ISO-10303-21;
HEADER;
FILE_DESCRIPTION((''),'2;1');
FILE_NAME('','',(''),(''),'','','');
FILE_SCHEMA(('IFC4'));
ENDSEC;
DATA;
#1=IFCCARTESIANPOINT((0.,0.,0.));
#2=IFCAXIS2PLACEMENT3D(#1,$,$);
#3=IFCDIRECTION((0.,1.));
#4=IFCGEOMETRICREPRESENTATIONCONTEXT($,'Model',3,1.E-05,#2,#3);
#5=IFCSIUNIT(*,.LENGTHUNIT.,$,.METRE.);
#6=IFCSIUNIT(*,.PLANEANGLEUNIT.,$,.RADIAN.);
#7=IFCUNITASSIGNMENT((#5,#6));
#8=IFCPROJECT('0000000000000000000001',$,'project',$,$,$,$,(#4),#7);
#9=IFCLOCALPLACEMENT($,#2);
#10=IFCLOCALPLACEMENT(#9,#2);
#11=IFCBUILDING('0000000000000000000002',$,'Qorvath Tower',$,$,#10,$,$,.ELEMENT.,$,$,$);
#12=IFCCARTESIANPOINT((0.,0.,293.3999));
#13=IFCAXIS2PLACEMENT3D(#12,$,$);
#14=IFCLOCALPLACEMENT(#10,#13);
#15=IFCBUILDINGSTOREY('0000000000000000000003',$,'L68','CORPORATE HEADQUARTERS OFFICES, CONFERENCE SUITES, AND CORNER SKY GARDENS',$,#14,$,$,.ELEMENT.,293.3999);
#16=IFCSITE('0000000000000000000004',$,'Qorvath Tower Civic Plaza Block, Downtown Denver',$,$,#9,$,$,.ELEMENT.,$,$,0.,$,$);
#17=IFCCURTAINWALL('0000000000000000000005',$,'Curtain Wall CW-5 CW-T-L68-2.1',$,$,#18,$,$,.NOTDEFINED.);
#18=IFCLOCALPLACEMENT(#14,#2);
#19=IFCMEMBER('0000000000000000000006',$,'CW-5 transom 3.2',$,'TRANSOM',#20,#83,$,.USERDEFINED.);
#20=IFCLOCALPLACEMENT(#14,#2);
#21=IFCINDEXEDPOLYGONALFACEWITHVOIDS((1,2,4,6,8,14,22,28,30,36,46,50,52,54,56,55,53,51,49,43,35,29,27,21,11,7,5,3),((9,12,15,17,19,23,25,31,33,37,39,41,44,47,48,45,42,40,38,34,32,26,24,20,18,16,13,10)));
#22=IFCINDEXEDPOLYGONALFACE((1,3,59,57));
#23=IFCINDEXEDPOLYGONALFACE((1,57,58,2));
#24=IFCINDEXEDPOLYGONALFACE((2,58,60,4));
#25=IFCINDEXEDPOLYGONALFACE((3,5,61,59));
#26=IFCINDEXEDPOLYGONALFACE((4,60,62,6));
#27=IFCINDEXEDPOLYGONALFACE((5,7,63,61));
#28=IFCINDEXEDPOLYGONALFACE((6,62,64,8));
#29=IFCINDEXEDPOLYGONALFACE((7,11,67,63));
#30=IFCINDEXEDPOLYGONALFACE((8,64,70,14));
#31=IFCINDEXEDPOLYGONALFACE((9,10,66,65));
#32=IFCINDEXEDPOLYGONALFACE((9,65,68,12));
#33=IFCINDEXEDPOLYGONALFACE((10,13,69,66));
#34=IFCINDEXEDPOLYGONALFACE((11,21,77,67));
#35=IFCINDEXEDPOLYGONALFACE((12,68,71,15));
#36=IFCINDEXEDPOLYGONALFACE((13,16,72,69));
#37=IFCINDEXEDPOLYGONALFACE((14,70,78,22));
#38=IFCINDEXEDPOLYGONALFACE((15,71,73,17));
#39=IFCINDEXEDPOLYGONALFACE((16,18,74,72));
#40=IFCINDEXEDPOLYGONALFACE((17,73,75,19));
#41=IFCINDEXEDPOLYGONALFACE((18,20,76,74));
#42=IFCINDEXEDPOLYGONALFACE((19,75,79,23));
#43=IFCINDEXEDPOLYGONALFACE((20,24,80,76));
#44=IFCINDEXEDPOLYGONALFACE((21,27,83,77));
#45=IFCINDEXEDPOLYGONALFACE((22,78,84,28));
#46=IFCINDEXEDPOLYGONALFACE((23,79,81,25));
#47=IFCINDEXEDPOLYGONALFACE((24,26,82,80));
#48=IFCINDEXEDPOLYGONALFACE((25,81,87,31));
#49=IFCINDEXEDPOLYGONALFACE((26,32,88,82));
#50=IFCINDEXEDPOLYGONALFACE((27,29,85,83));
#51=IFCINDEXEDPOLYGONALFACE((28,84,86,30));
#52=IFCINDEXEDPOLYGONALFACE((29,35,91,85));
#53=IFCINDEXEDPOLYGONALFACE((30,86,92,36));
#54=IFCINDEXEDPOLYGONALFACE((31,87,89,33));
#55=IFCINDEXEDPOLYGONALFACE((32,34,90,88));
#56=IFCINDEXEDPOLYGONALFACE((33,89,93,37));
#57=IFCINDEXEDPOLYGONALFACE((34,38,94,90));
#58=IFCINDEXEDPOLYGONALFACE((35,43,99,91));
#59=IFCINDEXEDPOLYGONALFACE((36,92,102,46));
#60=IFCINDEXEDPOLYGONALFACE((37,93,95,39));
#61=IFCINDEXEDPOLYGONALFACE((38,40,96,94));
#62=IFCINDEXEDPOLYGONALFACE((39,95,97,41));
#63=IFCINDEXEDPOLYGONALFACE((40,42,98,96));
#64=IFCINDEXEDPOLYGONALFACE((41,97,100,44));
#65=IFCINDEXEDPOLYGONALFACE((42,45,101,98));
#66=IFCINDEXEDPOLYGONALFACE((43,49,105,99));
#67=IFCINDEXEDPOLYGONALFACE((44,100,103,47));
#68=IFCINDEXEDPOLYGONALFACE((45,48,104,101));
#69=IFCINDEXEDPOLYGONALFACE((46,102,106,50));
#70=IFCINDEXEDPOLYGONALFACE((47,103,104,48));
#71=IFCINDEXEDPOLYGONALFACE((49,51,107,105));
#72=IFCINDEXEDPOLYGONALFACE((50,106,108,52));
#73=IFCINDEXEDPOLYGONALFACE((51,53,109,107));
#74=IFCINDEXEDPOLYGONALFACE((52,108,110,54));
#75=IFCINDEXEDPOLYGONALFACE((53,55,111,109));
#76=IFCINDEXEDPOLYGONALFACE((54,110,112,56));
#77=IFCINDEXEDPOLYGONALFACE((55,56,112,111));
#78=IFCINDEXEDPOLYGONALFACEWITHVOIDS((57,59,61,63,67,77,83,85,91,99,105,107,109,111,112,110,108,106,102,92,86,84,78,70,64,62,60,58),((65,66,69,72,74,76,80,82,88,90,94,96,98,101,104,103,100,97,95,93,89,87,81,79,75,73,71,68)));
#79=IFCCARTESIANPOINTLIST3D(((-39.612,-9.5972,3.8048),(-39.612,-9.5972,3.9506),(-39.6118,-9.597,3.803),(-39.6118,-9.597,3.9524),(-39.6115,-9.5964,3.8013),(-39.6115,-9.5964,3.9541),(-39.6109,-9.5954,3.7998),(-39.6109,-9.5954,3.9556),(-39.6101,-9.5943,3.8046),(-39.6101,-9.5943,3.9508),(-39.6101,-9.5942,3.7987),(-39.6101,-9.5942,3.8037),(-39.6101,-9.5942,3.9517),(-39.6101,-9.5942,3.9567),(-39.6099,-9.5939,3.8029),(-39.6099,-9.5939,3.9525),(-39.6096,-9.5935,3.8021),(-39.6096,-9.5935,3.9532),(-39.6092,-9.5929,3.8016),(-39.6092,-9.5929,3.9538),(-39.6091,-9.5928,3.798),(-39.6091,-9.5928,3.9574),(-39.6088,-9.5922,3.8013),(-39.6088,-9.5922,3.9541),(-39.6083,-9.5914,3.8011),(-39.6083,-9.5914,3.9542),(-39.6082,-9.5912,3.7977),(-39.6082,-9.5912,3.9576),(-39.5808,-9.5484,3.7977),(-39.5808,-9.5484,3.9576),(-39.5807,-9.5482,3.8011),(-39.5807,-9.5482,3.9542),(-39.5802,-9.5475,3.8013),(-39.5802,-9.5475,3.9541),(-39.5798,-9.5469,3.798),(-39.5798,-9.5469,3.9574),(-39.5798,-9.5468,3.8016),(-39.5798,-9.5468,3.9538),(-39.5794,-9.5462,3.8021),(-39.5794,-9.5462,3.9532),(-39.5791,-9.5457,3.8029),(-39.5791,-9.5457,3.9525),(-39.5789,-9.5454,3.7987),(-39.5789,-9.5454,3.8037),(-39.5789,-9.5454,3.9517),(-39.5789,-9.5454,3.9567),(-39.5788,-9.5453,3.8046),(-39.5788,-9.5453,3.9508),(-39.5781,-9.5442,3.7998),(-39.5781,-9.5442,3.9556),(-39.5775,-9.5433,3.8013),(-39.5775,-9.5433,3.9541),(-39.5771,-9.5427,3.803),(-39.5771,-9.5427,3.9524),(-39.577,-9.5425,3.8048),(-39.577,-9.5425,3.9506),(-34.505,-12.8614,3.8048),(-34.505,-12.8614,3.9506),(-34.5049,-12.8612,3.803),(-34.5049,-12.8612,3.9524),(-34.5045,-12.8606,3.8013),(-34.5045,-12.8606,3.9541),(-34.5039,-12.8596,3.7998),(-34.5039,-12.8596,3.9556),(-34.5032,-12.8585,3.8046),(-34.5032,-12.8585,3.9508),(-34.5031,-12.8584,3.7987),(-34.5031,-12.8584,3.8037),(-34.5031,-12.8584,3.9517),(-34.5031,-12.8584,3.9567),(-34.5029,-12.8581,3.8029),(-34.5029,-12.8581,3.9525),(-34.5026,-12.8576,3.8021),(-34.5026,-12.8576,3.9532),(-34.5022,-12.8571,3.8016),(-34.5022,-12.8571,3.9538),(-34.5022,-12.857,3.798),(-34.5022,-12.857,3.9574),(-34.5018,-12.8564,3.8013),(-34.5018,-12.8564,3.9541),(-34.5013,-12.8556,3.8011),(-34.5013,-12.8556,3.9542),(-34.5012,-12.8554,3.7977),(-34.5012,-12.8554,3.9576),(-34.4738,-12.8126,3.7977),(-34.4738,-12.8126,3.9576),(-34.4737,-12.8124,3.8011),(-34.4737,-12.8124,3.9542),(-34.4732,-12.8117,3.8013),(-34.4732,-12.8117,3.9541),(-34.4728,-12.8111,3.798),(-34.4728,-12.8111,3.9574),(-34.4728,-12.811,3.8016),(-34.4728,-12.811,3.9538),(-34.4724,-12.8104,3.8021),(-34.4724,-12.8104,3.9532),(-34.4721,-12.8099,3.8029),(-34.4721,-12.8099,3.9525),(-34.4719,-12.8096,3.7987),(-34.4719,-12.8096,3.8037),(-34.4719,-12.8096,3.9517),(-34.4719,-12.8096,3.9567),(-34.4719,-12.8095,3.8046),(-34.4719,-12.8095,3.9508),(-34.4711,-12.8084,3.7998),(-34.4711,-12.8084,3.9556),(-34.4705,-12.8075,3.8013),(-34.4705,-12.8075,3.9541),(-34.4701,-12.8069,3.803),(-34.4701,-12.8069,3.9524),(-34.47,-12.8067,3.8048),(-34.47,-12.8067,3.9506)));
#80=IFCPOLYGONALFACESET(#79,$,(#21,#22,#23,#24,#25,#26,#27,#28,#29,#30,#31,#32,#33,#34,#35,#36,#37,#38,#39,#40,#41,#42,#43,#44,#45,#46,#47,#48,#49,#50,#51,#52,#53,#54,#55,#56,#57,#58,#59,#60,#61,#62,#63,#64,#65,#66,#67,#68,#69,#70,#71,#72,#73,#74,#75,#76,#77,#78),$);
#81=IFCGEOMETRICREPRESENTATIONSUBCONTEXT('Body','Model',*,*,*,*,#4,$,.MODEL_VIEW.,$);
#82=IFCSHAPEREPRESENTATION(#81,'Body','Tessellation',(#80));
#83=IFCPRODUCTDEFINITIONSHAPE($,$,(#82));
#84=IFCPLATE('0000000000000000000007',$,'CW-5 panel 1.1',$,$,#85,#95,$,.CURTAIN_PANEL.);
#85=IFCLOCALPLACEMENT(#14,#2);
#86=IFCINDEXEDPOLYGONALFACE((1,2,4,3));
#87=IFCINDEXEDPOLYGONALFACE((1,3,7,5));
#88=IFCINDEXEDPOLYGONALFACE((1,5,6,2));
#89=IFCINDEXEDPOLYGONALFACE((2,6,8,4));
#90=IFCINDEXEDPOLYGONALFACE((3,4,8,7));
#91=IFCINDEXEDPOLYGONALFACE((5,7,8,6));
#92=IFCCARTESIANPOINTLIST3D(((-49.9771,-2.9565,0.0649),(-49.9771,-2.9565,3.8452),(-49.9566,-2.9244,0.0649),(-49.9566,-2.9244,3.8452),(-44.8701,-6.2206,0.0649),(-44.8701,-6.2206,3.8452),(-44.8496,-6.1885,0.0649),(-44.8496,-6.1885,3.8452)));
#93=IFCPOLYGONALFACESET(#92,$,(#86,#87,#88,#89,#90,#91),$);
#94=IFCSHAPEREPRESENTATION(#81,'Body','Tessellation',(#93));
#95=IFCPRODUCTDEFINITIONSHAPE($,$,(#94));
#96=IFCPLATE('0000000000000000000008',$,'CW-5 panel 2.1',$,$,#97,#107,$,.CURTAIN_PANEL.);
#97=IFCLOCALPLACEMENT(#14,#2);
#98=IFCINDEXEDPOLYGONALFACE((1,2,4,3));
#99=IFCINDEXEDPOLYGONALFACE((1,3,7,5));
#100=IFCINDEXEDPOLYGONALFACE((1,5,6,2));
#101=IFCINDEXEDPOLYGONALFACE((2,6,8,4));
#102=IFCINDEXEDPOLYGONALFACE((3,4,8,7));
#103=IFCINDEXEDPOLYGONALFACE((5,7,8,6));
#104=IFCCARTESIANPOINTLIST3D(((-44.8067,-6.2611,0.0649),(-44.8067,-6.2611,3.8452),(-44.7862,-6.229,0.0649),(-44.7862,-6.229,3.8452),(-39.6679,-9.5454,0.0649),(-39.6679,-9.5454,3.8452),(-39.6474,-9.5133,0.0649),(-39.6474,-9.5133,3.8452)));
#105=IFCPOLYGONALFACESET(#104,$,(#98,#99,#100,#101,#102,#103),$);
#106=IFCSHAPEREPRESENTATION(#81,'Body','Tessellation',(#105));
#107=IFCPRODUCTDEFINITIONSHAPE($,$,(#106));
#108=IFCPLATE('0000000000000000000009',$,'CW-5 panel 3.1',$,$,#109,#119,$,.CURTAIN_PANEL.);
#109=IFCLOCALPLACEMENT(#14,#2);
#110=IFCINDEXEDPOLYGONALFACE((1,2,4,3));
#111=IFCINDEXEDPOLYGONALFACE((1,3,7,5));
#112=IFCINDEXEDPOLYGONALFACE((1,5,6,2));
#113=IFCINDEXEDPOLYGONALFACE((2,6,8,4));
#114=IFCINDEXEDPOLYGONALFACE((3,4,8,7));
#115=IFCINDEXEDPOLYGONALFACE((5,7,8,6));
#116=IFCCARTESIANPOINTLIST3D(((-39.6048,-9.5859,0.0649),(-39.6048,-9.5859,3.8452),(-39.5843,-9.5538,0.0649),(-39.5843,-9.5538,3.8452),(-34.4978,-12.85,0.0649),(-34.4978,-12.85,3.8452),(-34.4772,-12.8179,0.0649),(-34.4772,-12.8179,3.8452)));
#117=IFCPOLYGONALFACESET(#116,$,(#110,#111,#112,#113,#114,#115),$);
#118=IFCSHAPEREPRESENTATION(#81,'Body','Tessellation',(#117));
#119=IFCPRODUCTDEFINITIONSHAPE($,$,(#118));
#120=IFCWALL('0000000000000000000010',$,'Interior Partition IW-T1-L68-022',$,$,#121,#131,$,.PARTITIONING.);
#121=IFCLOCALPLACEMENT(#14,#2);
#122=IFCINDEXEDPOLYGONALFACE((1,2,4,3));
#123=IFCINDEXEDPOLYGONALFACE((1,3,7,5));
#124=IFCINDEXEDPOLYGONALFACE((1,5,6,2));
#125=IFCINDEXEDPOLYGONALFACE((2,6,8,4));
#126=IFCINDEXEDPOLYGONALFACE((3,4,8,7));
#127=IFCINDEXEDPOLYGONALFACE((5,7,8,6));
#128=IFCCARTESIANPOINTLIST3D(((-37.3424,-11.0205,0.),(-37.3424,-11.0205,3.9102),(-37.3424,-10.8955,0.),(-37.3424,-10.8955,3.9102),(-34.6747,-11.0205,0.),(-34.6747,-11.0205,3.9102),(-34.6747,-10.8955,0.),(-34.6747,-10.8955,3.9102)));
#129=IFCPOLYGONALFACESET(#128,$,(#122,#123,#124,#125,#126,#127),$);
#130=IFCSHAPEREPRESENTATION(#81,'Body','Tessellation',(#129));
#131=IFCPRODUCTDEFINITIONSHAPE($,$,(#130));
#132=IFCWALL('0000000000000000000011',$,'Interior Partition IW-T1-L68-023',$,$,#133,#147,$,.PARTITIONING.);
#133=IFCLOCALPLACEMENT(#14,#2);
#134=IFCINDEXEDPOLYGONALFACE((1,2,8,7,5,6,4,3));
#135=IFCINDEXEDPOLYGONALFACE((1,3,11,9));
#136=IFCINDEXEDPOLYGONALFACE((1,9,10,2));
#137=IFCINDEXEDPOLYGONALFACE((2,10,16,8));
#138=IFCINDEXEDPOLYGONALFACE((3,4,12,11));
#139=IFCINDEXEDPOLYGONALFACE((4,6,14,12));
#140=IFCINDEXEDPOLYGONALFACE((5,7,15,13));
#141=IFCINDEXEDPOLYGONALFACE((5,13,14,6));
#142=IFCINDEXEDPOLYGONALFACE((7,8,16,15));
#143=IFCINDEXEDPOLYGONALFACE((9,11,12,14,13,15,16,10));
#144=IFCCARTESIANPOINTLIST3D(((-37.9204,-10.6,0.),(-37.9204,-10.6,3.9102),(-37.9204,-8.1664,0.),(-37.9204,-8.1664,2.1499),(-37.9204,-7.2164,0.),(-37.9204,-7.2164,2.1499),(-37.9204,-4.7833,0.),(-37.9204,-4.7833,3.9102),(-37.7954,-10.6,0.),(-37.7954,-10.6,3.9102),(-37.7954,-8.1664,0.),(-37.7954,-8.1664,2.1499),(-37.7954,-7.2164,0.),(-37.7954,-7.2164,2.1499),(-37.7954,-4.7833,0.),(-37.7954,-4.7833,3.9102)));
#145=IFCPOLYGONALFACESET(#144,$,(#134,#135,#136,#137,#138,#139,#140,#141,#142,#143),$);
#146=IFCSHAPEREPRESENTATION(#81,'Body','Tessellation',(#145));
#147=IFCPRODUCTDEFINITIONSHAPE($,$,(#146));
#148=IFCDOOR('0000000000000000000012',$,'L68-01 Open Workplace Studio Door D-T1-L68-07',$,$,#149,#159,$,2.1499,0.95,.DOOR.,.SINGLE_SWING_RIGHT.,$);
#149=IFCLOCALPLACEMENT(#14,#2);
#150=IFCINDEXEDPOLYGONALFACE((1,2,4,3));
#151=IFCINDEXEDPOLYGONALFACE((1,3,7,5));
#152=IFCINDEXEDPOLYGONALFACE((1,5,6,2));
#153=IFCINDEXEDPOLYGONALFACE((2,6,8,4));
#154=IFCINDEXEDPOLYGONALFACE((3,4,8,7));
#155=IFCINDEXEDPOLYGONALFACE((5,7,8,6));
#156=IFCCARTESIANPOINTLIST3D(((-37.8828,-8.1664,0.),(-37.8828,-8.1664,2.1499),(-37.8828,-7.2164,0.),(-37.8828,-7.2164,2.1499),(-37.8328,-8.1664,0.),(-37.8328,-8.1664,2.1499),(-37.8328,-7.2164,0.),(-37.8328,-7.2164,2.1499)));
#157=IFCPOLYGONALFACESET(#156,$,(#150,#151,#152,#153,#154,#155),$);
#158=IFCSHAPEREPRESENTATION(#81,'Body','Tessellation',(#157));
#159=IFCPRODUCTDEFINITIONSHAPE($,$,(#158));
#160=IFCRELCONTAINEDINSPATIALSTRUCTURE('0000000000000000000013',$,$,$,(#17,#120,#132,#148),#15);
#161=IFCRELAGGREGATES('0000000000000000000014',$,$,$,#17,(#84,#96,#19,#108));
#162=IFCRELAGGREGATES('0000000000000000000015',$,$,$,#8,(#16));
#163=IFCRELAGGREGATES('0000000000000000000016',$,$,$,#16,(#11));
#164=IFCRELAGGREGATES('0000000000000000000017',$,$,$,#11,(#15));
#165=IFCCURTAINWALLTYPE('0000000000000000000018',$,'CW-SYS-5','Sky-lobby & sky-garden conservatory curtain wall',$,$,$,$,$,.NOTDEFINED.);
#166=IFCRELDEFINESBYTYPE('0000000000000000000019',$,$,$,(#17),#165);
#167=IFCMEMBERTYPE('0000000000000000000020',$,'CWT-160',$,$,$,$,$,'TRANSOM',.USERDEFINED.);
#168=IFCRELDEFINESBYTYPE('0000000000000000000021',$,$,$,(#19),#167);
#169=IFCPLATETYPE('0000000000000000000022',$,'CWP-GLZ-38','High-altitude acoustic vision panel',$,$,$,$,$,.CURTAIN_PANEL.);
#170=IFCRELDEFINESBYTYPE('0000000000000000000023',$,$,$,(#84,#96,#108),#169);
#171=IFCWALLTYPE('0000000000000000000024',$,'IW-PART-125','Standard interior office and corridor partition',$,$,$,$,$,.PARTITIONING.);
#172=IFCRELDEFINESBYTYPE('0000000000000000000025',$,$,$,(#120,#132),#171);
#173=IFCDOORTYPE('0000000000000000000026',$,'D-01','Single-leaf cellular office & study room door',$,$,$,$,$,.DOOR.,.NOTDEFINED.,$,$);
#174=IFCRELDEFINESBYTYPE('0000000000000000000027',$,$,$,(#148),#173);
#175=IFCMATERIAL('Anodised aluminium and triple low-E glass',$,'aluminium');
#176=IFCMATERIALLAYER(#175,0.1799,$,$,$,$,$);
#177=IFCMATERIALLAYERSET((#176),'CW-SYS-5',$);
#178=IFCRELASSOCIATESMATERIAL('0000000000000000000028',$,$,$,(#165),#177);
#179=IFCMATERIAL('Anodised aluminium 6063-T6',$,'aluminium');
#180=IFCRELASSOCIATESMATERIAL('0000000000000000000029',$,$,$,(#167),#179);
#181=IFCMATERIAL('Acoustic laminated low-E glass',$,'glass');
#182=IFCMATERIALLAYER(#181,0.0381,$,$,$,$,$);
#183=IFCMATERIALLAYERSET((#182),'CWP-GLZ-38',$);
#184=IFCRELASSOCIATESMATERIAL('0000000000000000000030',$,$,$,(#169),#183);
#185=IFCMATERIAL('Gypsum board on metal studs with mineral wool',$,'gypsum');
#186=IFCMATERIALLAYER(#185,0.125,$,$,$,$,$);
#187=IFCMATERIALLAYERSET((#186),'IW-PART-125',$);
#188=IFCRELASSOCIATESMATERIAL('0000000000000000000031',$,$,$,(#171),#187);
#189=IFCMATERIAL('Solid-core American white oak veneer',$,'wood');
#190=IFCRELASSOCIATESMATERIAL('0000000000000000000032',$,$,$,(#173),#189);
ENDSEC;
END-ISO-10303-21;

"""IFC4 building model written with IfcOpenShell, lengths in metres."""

from ifc_helpers import new_model, si_unit, direction, frame, frame_2d, origin, origin_2d, place, context, subcontext, project, spatial, rectangle, hollow_rectangle, extrude, material, layer, layer_set, material_profile, profile_set, type_object, element, fill, aggregate, save


model = new_model("IFC4")

# Units and contexts
model_context = context("Model", 3, precision=1e-05, world=origin(), true_north=direction((0.0, 1.0)))
body_context = subcontext(model_context, "Body", "Model", "MODEL_VIEW")
ifc_project = project(units=[si_unit("LENGTHUNIT", "METRE"), si_unit("PLANEANGLEUNIT", "RADIAN")], contexts=[model_context])

# Site, building, storey
site_placement = place(None, origin())
site = spatial("IfcSite", under=ifc_project, at=site_placement, Name="Qorvath Tower Civic Plaza Block, Downtown Denver", CompositionType="ELEMENT", RefElevation=0.0)
building_placement = place(site_placement, origin())
building = spatial("IfcBuilding", under=site, at=building_placement, Name="Qorvath Tower", CompositionType="ELEMENT")
storey_placement = place(building_placement, frame((0.0, 0.0, 293.3999)))
storey = spatial("IfcBuildingStorey", under=building, at=storey_placement, Name="L68", Description="CORPORATE HEADQUARTERS OFFICES, CONFERENCE SUITES, AND CORNER SKY GARDENS", CompositionType="ELEMENT", Elevation=293.3999)

# Curtain wall, member, plates
ifc_material_1 = material(Name="Anodised aluminium and triple low-E glass", Category="aluminium")
ifc_layer_1 = layer(ifc_material_1, 0.1799)
ifc_layer_set_1 = layer_set([ifc_layer_1], Name="CW-SYS-5")
curtain_wall_type = type_object("IfcCurtainWallType", Name="CW-SYS-5", Description="Sky-lobby & sky-garden conservatory curtain wall", PredefinedType="NOTDEFINED", material=ifc_layer_set_1)
curtain_wall_placement = place(storey_placement, origin())
curtain_wall = element("IfcCurtainWall", 1, at=curtain_wall_placement, inside=storey, type_object=curtain_wall_type, Name="Curtain Wall CW-5 CW-T-L68-2.1", PredefinedType="NOTDEFINED")
ifc_material_2 = material(Name="Anodised aluminium 6063-T6", Category="aluminium")
ifc_material_profile_1 = material_profile(ifc_material_2, hollow_rectangle(XDim=0.0649, YDim=0.1599, WallThickness=0.0034, InnerFilletRadius=0.0034, OuterFilletRadius=0.0071, at=origin_2d()), Name="CWT 160x65")
ifc_profile_set_1 = profile_set([ifc_material_profile_1], Name="Anodised aluminium 6063-T6")
member_type_1 = type_object("IfcMemberType", Name="CWT-160", ElementType="TRANSOM", PredefinedType="USERDEFINED", material=ifc_profile_set_1)
member_1_placement = place(storey_placement, frame((-39.5945, -9.5698, 3.8777), z_axis=(0.842592, -0.538553, 0.0), x_axis=(0.538553, 0.842592, 0.0)))
member_1 = element("IfcMember", 2, at=member_1_placement, type_object=member_type_1, Name="CW-5 transom 3.2", ObjectType="TRANSOM", PredefinedType="USERDEFINED", context=body_context, shape_type="SweptSolid", body=[
    extrude(hollow_rectangle(XDim=0.0649, YDim=0.1599, WallThickness=0.0034, InnerFilletRadius=0.0034, OuterFilletRadius=0.0071, at=origin_2d()), origin(), (0.0, 0.0, 1.0), 6.061),
])
ifc_material_3 = material(Name="Acoustic laminated low-E glass", Category="glass")
ifc_layer_2 = layer(ifc_material_3, 0.0381)
ifc_layer_set_2 = layer_set([ifc_layer_2], Name="CWP-GLZ-38")
plate_type = type_object("IfcPlateType", Name="CWP-GLZ-38", Description="High-altitude acoustic vision panel", PredefinedType="CURTAIN_PANEL", material=ifc_layer_set_2)
plate_1_placement = place(storey_placement, frame((-47.4133, -4.5725, 0.0649), z_axis=(0.0, 0.0, 1.0), x_axis=(0.842601, -0.538538, 0.0)))
plate_1 = element("IfcPlate", 3, at=plate_1_placement, type_object=plate_type, Name="CW-5 panel 1.1", PredefinedType="CURTAIN_PANEL", context=body_context, shape_type="SweptSolid", body=[
    extrude(rectangle(XDim=6.061, YDim=0.0381, at=origin_2d()), origin(), (0.0, 0.0, 1.0), 3.7803),
])
plate_2_placement = place(storey_placement, frame((-42.2271, -7.8872, 0.0649), z_axis=(0.0, 0.0, 1.0), x_axis=(0.842601, -0.538538, 0.0)))
plate_2 = element("IfcPlate", 4, at=plate_2_placement, type_object=plate_type, Name="CW-5 panel 2.1", PredefinedType="CURTAIN_PANEL", context=body_context, shape_type="SweptSolid", body=[
    extrude(rectangle(XDim=6.0986, YDim=0.0381, at=origin_2d()), origin(), (0.0, 0.0, 1.0), 3.7803),
])
plate_3_placement = place(storey_placement, frame((-37.041, -11.2019, 0.0649), z_axis=(0.0, 0.0, 1.0), x_axis=(0.842601, -0.538538, 0.0)))
plate_3 = element("IfcPlate", 5, at=plate_3_placement, type_object=plate_type, Name="CW-5 panel 3.1", PredefinedType="CURTAIN_PANEL", context=body_context, shape_type="SweptSolid", body=[
    extrude(rectangle(XDim=6.061, YDim=0.0381, at=origin_2d()), origin(), (0.0, 0.0, 1.0), 3.7803),
])
aggregate(curtain_wall, [plate_1, plate_2, member_1, plate_3])

# Wall
ifc_material_4 = material(Name="Gypsum board on metal studs with mineral wool", Category="gypsum")
ifc_layer_3 = layer(ifc_material_4, 0.125)
ifc_layer_set_3 = layer_set([ifc_layer_3], Name="IW-PART-125")
wall_type_1 = type_object("IfcWallType", Name="IW-PART-125", Description="Standard interior office and corridor partition", PredefinedType="PARTITIONING", material=ifc_layer_set_3)
wall_1_placement = place(storey_placement, frame((-37.3425, -10.958, 0.0), z_axis=(0.0, 0.0, 1.0), x_axis=(1.0, 0.0, 0.0)))
element("IfcWall", 6, at=wall_1_placement, inside=storey, type_object=wall_type_1, Name="Interior Partition IW-T1-L68-022", PredefinedType="PARTITIONING", context=body_context, shape_type="SweptSolid", body=[
    extrude(rectangle(XDim=2.6677, YDim=0.125, at=frame_2d((1.334, 0.0))), origin(), (0.0, 0.0, 1.0), 3.9102),
])

# Wall, opening, door
wall_2_placement = place(storey_placement, frame((-37.8579, -10.5999, 0.0), z_axis=(0.0, 0.0, 1.0), x_axis=(0.0, 1.0, 0.0)))
wall_2 = element("IfcWall", 7, at=wall_2_placement, inside=storey, type_object=wall_type_1, Name="Interior Partition IW-T1-L68-023", PredefinedType="PARTITIONING", context=body_context, shape_type="SweptSolid", body=[
    extrude(rectangle(XDim=5.8167, YDim=0.125, at=frame_2d((2.9082, 0.0))), origin(), (0.0, 0.0, 1.0), 3.9102),
])
opening_1_placement = place(wall_2_placement, frame((2.4333, 0.0, 0.0)))
opening_1 = element("IfcOpeningElement", 8, at=opening_1_placement, cuts=wall_2, PredefinedType="OPENING", context=body_context, shape_type="SweptSolid", body=[
    extrude(rectangle(XDim=0.95, YDim=2.1499, at=frame_2d((0.4751, 1.075))), frame((0.0, 0.0725, 0.0), z_axis=(0.0, -1.0, 0.0), x_axis=(1.0, 0.0, 0.0)), (0.0, 0.0, 1.0), 0.145),
])
ifc_material_5 = material(Name="Solid-core American white oak veneer", Category="wood")
door_type_1 = type_object("IfcDoorType", Name="D-01", Description="Single-leaf cellular office & study room door", OperationType="NOTDEFINED", PredefinedType="DOOR", material=ifc_material_5)
door_1_placement = place(opening_1_placement, origin())
door_1 = element("IfcDoor", 9, at=door_1_placement, inside=storey, type_object=door_type_1, Name="L68-01 Open Workplace Studio Door D-T1-L68-07", OperationType="SINGLE_SWING_RIGHT", OverallHeight=2.1499, OverallWidth=0.95, PredefinedType="DOOR", context=body_context, shape_type="SweptSolid", body=[
    extrude(rectangle(XDim=0.95, YDim=2.1499, at=frame_2d((0.4751, 1.075))), frame((0.0, 0.0249, 0.0), z_axis=(0.0, -1.0, 0.0), x_axis=(1.0, 0.0, 0.0)), (0.0, 0.0, 1.0), 0.05),
])
fill(opening_1, door_1)

save(model, "model.ifc")
